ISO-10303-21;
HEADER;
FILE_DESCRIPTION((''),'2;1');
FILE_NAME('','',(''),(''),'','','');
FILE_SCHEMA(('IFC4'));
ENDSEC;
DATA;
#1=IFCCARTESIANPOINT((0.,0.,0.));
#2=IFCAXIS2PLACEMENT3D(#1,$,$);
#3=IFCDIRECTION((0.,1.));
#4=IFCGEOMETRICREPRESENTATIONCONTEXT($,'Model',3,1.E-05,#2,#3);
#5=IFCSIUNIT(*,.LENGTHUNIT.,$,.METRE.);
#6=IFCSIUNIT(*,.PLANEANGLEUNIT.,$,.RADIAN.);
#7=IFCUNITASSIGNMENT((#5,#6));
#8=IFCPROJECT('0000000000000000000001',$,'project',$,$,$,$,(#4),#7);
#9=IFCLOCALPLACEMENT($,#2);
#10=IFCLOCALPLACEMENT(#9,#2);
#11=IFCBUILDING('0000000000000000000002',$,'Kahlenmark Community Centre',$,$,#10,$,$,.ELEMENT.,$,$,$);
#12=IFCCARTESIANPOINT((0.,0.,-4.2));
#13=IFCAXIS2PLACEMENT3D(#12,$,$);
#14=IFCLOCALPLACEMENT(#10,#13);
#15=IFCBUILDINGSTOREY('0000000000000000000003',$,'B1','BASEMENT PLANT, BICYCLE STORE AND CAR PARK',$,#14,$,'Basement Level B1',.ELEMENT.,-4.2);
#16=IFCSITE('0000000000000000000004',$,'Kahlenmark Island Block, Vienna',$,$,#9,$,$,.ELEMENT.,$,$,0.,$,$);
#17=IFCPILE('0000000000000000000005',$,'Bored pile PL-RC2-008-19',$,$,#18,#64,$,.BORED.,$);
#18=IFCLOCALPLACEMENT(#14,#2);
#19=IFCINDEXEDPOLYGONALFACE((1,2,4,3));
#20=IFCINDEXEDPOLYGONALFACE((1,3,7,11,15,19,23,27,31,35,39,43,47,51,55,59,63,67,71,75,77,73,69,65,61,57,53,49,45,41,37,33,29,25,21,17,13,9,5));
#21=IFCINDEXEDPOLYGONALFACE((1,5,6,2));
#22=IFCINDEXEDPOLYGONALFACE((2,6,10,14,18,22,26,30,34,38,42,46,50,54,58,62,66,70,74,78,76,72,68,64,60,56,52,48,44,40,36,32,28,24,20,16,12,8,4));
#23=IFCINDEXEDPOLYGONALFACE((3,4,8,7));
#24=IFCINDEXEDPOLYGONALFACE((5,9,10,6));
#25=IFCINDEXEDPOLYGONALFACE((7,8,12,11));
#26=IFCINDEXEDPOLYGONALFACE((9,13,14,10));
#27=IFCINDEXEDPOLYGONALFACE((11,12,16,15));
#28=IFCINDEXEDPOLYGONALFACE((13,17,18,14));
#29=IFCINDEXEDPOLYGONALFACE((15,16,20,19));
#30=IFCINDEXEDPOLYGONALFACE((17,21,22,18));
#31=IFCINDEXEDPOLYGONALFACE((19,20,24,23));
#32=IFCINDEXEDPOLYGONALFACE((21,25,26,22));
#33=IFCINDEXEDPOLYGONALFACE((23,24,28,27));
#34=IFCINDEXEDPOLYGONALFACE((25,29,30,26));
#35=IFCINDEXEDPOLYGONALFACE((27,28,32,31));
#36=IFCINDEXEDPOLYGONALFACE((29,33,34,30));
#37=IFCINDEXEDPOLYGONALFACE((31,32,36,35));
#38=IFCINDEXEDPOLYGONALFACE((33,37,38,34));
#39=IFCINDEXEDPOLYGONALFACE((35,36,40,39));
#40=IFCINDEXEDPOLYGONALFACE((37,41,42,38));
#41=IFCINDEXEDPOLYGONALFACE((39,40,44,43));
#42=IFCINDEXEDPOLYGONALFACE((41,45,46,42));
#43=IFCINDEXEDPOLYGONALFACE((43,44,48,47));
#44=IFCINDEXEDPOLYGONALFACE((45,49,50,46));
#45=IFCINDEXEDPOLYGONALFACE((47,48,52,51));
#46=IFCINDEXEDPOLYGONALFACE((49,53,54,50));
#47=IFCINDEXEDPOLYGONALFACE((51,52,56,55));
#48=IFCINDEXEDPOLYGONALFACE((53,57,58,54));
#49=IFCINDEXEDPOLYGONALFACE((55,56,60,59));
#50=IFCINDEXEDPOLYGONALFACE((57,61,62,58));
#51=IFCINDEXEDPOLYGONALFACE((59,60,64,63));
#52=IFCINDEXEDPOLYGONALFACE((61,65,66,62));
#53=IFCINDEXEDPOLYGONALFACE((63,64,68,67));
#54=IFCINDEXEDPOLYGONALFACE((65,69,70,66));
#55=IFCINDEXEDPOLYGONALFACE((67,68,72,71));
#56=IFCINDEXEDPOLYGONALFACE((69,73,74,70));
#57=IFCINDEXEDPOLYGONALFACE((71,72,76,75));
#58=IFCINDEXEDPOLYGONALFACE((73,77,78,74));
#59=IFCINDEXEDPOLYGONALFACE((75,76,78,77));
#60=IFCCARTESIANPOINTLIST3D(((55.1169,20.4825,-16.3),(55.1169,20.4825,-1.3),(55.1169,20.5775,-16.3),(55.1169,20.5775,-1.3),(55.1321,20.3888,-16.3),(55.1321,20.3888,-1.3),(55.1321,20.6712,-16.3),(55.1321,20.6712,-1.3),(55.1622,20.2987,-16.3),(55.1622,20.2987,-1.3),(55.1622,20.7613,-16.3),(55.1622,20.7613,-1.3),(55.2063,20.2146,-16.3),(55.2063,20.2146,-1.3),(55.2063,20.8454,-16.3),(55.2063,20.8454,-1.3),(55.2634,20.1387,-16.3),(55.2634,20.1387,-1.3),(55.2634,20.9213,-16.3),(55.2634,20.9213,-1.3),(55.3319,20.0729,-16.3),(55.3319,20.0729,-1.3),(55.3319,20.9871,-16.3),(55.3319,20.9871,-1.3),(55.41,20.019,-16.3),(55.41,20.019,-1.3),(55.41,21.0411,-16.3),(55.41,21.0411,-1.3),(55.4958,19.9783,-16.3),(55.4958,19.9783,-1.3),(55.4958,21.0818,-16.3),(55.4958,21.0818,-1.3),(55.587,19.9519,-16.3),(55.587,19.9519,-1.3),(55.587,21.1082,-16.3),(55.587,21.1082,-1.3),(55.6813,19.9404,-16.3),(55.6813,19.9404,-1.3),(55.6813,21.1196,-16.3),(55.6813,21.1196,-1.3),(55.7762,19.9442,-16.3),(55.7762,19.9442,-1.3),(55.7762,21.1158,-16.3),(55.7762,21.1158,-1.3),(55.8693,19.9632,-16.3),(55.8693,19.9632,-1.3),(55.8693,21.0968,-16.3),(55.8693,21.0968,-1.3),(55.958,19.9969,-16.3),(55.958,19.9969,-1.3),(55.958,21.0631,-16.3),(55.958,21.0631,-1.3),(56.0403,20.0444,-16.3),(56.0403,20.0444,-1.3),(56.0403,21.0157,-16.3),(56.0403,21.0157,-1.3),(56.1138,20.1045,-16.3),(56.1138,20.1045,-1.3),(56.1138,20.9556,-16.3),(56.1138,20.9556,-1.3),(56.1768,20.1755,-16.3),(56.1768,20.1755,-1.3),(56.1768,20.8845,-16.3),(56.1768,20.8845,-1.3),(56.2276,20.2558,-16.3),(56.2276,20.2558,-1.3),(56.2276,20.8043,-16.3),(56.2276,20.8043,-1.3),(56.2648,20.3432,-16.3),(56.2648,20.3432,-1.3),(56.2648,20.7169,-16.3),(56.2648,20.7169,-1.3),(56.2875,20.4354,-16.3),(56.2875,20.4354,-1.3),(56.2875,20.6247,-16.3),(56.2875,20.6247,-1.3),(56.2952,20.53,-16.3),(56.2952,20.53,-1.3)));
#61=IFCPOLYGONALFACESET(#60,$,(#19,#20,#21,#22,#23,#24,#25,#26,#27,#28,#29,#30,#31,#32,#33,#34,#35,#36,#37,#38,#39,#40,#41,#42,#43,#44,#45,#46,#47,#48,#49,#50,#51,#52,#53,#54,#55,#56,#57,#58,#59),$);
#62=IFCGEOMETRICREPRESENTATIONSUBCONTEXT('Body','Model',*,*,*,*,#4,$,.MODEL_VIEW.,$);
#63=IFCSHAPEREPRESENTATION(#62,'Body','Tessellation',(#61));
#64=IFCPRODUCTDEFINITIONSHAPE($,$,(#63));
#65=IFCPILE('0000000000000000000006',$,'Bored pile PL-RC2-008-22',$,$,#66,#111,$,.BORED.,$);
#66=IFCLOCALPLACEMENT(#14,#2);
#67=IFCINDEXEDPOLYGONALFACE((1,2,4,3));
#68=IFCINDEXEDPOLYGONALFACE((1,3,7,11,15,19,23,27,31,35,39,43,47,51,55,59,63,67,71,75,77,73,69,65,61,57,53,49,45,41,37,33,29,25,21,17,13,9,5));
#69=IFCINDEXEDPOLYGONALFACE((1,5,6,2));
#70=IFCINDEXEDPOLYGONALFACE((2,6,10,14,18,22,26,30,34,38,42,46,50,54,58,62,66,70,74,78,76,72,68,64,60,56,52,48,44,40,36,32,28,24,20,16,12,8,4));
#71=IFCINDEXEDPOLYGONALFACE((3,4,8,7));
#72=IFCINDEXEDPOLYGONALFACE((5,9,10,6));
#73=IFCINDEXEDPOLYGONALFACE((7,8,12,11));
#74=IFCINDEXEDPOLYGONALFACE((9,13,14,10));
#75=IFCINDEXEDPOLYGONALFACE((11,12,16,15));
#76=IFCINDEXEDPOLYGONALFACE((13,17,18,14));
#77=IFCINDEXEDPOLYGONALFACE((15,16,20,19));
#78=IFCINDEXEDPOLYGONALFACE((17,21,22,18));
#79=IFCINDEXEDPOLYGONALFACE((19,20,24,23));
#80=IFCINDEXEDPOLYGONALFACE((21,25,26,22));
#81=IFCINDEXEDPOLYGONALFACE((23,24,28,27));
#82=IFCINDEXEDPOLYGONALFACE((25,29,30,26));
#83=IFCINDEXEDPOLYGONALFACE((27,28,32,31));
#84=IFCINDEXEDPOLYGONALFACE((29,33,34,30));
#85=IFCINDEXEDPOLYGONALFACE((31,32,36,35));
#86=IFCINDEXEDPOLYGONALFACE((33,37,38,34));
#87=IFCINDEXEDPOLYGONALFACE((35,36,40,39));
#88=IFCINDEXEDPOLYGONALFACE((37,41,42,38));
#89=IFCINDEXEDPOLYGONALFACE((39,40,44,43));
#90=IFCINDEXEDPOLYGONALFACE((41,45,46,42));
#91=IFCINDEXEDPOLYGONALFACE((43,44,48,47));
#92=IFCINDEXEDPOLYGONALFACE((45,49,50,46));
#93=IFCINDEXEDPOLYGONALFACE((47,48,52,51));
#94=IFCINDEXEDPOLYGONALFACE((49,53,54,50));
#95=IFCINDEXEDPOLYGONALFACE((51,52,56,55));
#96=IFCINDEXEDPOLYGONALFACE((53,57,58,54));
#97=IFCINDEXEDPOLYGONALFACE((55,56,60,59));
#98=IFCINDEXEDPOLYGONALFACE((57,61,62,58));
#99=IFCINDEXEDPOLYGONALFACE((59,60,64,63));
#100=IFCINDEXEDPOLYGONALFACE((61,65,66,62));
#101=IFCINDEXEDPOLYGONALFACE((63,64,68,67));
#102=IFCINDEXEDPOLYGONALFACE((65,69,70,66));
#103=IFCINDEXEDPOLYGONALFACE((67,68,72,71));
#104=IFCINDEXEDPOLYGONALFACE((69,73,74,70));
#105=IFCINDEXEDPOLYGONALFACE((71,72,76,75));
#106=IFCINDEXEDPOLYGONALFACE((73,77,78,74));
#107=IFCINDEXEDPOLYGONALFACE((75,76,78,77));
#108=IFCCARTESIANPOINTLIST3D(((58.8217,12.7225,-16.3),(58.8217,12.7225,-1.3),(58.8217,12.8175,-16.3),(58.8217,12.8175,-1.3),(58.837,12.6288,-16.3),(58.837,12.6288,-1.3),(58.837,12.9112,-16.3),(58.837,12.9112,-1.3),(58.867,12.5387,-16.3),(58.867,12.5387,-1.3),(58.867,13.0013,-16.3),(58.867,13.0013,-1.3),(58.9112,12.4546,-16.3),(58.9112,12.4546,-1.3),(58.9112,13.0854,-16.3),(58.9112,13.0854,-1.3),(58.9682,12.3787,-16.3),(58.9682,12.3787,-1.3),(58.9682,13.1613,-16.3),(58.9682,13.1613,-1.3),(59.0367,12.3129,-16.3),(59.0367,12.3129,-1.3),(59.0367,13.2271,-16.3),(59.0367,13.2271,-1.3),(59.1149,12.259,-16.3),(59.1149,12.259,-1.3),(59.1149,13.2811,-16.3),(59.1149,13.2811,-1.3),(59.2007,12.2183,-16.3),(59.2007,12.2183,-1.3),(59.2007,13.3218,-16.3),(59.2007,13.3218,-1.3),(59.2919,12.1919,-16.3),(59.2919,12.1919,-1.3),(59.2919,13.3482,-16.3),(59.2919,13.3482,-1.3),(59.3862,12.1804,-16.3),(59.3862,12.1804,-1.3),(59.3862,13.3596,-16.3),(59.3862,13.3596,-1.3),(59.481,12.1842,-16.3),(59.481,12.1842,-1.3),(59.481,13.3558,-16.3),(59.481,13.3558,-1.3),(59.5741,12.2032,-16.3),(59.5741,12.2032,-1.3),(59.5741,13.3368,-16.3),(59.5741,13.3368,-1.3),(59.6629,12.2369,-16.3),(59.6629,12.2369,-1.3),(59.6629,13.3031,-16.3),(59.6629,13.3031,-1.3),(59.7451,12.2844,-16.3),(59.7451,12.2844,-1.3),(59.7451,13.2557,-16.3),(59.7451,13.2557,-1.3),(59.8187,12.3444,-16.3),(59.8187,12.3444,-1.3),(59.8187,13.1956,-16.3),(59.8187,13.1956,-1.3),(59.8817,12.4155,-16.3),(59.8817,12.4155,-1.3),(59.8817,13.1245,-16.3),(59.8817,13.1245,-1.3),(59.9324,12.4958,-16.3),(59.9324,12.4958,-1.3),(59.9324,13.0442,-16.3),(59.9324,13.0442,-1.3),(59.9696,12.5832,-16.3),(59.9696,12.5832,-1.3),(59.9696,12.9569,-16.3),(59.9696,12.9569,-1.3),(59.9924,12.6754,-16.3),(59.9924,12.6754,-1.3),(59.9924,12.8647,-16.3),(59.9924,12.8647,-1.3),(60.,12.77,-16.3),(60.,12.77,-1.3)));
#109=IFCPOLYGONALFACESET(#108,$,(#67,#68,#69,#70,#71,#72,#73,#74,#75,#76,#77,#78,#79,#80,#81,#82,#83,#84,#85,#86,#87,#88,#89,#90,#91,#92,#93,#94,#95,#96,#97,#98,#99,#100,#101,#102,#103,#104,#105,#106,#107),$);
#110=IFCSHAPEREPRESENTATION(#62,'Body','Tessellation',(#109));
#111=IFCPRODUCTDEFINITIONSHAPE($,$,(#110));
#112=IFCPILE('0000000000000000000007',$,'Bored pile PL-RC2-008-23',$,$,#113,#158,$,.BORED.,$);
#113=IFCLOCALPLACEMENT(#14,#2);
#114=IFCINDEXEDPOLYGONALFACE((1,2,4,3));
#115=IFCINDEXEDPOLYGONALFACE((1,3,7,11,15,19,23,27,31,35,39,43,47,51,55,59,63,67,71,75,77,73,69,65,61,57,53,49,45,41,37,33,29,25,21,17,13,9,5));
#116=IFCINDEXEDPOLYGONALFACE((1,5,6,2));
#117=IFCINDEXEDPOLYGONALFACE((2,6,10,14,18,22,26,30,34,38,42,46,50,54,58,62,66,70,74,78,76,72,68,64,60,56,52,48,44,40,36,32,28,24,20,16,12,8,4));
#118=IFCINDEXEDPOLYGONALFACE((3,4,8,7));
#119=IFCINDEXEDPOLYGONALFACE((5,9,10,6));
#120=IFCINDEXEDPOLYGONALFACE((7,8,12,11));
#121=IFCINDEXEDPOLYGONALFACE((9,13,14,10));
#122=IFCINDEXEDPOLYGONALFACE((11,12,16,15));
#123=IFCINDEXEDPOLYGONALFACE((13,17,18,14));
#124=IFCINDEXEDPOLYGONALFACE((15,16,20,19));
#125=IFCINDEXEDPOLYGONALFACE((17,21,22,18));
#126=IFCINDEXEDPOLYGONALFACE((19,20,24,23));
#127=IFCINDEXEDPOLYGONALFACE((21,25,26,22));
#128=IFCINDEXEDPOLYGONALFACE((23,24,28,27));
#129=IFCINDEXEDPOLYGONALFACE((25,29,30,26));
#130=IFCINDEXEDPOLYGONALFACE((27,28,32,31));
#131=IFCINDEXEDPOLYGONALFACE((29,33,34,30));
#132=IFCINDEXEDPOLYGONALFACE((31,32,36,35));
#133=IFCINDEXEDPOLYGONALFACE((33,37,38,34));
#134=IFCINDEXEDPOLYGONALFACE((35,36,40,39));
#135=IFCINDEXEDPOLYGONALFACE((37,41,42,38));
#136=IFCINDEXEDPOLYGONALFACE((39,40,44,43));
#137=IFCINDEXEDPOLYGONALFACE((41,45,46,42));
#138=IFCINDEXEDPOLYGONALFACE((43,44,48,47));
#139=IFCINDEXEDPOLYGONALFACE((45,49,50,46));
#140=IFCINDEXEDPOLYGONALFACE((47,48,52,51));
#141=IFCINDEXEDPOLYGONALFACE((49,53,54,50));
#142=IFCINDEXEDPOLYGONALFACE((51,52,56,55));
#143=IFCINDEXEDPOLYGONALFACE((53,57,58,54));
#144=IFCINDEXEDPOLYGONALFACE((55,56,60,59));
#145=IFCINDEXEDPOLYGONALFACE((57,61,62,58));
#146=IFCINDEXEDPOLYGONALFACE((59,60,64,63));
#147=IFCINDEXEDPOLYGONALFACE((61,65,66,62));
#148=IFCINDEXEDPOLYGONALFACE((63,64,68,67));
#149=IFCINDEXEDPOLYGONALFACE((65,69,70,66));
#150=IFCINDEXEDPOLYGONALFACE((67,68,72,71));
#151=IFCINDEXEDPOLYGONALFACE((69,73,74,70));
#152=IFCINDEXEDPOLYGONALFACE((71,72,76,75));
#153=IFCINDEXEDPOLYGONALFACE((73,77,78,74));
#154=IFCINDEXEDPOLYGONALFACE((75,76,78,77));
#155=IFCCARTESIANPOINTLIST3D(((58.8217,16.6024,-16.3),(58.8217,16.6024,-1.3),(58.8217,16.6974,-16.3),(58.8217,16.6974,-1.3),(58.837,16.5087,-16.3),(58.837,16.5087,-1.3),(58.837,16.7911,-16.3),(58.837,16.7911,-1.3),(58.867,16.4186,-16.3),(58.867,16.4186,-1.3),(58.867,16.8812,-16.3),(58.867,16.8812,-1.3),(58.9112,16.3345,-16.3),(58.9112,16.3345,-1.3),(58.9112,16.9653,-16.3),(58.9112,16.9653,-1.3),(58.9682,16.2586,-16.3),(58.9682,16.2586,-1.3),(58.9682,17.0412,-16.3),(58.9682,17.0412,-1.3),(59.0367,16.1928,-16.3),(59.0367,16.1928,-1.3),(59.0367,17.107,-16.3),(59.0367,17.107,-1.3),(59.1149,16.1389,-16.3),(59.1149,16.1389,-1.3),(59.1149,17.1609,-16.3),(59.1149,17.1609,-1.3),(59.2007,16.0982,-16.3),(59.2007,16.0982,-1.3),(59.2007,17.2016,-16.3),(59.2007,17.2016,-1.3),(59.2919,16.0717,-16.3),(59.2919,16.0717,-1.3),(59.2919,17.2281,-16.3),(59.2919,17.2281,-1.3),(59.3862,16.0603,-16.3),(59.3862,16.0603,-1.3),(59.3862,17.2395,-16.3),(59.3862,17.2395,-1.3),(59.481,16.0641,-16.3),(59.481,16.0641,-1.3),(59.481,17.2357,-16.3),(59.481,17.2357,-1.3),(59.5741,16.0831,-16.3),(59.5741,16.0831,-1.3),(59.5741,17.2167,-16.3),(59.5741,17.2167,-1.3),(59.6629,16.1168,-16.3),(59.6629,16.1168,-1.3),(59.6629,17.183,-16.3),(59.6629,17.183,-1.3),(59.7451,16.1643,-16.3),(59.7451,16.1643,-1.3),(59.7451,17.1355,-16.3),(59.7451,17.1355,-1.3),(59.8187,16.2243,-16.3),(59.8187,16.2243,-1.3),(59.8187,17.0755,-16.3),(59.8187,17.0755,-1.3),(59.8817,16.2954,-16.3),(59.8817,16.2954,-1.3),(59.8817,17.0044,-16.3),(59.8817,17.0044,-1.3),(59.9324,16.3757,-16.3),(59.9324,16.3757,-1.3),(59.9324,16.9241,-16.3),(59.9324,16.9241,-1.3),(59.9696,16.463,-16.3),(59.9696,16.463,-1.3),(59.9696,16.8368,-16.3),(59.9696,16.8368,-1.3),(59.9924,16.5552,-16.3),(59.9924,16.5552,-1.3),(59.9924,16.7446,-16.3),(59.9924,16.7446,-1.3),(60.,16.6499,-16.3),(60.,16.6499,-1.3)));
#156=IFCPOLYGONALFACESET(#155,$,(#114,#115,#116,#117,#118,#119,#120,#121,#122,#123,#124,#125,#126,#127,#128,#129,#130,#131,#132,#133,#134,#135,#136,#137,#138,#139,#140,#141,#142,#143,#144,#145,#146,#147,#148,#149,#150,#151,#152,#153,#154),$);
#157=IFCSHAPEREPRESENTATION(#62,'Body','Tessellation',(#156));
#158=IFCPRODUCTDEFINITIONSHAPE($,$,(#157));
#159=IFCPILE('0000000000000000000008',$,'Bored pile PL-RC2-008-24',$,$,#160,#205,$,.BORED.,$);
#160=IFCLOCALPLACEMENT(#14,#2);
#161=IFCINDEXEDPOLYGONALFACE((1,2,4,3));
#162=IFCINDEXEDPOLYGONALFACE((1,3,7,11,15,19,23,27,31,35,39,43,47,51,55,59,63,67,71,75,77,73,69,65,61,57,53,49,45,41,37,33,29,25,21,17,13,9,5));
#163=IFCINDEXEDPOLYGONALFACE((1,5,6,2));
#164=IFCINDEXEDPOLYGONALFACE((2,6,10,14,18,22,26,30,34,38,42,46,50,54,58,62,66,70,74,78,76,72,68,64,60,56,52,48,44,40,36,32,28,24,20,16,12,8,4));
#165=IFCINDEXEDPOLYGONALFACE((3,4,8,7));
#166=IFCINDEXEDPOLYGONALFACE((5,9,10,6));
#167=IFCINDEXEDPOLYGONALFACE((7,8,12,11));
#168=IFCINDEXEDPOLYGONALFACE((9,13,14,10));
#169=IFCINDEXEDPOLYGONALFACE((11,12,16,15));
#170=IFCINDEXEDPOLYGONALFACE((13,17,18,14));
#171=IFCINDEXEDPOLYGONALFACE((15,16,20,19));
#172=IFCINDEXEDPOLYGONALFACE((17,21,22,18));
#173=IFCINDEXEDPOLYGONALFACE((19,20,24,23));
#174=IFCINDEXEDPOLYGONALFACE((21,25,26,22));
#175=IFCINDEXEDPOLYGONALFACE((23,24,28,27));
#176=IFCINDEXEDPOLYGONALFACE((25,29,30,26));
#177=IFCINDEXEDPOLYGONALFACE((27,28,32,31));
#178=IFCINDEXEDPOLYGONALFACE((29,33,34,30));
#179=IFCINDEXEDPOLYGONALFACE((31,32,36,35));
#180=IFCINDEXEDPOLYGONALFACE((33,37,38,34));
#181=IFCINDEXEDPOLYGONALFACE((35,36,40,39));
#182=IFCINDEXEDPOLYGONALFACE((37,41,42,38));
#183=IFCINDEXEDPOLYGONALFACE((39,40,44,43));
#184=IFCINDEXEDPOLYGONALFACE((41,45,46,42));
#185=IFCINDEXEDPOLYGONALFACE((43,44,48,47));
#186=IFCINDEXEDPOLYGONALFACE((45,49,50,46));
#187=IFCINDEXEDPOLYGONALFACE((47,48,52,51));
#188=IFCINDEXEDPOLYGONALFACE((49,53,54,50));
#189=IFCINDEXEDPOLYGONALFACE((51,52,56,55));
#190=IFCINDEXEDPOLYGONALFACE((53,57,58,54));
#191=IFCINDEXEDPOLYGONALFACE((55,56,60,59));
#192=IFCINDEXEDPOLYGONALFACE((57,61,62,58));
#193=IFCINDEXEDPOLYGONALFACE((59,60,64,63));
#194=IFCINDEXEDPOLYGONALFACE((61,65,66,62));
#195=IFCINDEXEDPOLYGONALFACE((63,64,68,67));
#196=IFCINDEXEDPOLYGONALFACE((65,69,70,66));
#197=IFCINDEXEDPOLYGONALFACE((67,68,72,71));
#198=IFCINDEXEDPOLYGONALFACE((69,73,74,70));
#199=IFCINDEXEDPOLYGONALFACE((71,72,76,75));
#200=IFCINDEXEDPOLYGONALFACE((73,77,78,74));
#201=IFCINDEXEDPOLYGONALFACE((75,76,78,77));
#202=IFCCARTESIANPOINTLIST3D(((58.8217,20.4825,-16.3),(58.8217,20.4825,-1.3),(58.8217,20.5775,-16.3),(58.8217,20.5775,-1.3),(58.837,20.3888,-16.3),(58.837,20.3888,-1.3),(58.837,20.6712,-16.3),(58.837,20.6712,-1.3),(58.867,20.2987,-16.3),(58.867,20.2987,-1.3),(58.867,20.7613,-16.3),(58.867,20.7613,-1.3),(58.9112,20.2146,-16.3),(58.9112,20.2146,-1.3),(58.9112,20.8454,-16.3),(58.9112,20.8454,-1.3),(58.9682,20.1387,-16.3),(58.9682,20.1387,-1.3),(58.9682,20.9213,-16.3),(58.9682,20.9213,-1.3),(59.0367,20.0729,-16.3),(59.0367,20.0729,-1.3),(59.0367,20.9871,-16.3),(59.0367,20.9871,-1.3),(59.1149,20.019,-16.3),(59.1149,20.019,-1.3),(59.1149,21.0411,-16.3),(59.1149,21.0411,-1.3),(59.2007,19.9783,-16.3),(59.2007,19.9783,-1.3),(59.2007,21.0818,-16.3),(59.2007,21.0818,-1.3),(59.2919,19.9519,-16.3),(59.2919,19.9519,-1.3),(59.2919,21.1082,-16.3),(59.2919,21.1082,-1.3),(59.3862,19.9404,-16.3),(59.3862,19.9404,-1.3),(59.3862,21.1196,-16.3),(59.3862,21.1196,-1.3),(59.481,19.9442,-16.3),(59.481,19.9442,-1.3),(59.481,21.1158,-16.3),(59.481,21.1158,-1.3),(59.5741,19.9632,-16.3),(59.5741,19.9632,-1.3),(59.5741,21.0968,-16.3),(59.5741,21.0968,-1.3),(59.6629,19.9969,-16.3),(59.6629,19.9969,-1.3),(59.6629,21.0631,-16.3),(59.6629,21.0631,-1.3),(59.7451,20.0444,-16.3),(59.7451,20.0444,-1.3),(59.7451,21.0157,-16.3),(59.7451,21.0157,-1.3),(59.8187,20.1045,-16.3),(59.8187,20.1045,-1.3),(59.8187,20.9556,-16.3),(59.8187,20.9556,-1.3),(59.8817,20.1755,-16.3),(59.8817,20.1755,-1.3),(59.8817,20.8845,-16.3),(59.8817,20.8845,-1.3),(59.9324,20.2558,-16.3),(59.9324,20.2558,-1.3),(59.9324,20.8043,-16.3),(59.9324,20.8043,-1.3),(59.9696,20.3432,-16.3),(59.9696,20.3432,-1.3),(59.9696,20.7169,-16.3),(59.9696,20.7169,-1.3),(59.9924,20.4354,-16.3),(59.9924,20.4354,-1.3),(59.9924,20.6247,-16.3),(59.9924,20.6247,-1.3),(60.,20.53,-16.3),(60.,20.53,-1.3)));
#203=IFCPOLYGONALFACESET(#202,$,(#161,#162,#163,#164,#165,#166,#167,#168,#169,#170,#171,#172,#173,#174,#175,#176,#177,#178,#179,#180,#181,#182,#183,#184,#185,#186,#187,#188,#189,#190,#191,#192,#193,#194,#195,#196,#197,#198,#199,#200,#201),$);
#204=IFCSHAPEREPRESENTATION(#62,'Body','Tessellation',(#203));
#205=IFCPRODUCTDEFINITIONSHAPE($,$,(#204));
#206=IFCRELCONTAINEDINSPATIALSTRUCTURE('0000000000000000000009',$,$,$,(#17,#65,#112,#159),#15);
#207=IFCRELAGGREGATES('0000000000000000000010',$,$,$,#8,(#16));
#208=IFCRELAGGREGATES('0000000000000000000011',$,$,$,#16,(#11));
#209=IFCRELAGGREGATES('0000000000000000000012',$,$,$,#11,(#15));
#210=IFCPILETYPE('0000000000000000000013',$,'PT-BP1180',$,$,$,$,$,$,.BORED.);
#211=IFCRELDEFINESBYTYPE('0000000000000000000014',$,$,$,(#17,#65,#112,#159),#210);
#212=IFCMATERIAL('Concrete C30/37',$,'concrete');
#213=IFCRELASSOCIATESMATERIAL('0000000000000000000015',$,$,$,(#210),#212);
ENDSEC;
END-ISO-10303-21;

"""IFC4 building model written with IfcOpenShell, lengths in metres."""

from ifc_helpers import new_model, si_unit, direction, frame, origin, origin_2d, place, context, subcontext, project, spatial, circle, extrude, material, material_profile, profile_set, type_object, element, save


model = new_model("IFC4")

# Units and contexts
model_context = context("Model", 3, precision=1e-05, world=origin(), true_north=direction((0.0, 1.0)))
body_context = subcontext(model_context, "Body", "Model", "MODEL_VIEW")
ifc_project = project(units=[si_unit("LENGTHUNIT", "METRE"), si_unit("PLANEANGLEUNIT", "RADIAN")], contexts=[model_context])

# Site, building, storey
site_placement = place(None, origin())
site = spatial("IfcSite", under=ifc_project, at=site_placement, Name="Kahlenmark Island Block, Vienna", CompositionType="ELEMENT", RefElevation=0.0)
building_placement = place(site_placement, origin())
building = spatial("IfcBuilding", under=site, at=building_placement, Name="Kahlenmark Community Centre", CompositionType="ELEMENT")
storey_placement = place(building_placement, frame((0.0, 0.0, -4.2)))
storey = spatial("IfcBuildingStorey", under=building, at=storey_placement, Name="B1", Description="BASEMENT PLANT, BICYCLE STORE AND CAR PARK", LongName="Basement Level B1", CompositionType="ELEMENT", Elevation=-4.2)

# Shared definitions
ifc_material_1 = material(Name="Concrete C30/37", Category="concrete")

# Piles
ifc_material_profile_1 = material_profile(ifc_material_1, circle(Radius=0.5901, at=origin_2d()), Name="BORED PILE 1180")
ifc_profile_set_1 = profile_set([ifc_material_profile_1], Name="Concrete C30/37")
pile_type = type_object("IfcPileType", Name="PT-BP1180", PredefinedType="BORED", material=ifc_profile_set_1)
for number, where, z_axis, x_axis, name in (
    (1, (55.7051, 20.53, -1.3), (0.0, 0.0, -1.0), (1.0, 0.0, 0.0), "Bored pile PL-RC2-008-19"),
    (2, (59.4099, 12.77, -1.3), (0.0, 0.0, -1.0), (1.0, 0.0, 0.0), "Bored pile PL-RC2-008-22"),
    (3, (59.4099, 16.6499, -1.3), (0.0, 0.0, -1.0), (1.0, 0.0, 0.0), "Bored pile PL-RC2-008-23"),
    (4, (59.4099, 20.53, -1.3), (0.0, 0.0, -1.0), (1.0, 0.0, 0.0), "Bored pile PL-RC2-008-24"),
):
    element("IfcPile", number, at=place(storey_placement, frame(where, z_axis=z_axis, x_axis=x_axis)), inside=storey, type_object=pile_type, Name=name, PredefinedType="BORED", context=body_context, shape_type="SweptSolid", body=[
        extrude(circle(Radius=0.5901, at=origin_2d()), origin(), (0.0, 0.0, 1.0), 15.0),
    ])

save(model, "model.ifc")
